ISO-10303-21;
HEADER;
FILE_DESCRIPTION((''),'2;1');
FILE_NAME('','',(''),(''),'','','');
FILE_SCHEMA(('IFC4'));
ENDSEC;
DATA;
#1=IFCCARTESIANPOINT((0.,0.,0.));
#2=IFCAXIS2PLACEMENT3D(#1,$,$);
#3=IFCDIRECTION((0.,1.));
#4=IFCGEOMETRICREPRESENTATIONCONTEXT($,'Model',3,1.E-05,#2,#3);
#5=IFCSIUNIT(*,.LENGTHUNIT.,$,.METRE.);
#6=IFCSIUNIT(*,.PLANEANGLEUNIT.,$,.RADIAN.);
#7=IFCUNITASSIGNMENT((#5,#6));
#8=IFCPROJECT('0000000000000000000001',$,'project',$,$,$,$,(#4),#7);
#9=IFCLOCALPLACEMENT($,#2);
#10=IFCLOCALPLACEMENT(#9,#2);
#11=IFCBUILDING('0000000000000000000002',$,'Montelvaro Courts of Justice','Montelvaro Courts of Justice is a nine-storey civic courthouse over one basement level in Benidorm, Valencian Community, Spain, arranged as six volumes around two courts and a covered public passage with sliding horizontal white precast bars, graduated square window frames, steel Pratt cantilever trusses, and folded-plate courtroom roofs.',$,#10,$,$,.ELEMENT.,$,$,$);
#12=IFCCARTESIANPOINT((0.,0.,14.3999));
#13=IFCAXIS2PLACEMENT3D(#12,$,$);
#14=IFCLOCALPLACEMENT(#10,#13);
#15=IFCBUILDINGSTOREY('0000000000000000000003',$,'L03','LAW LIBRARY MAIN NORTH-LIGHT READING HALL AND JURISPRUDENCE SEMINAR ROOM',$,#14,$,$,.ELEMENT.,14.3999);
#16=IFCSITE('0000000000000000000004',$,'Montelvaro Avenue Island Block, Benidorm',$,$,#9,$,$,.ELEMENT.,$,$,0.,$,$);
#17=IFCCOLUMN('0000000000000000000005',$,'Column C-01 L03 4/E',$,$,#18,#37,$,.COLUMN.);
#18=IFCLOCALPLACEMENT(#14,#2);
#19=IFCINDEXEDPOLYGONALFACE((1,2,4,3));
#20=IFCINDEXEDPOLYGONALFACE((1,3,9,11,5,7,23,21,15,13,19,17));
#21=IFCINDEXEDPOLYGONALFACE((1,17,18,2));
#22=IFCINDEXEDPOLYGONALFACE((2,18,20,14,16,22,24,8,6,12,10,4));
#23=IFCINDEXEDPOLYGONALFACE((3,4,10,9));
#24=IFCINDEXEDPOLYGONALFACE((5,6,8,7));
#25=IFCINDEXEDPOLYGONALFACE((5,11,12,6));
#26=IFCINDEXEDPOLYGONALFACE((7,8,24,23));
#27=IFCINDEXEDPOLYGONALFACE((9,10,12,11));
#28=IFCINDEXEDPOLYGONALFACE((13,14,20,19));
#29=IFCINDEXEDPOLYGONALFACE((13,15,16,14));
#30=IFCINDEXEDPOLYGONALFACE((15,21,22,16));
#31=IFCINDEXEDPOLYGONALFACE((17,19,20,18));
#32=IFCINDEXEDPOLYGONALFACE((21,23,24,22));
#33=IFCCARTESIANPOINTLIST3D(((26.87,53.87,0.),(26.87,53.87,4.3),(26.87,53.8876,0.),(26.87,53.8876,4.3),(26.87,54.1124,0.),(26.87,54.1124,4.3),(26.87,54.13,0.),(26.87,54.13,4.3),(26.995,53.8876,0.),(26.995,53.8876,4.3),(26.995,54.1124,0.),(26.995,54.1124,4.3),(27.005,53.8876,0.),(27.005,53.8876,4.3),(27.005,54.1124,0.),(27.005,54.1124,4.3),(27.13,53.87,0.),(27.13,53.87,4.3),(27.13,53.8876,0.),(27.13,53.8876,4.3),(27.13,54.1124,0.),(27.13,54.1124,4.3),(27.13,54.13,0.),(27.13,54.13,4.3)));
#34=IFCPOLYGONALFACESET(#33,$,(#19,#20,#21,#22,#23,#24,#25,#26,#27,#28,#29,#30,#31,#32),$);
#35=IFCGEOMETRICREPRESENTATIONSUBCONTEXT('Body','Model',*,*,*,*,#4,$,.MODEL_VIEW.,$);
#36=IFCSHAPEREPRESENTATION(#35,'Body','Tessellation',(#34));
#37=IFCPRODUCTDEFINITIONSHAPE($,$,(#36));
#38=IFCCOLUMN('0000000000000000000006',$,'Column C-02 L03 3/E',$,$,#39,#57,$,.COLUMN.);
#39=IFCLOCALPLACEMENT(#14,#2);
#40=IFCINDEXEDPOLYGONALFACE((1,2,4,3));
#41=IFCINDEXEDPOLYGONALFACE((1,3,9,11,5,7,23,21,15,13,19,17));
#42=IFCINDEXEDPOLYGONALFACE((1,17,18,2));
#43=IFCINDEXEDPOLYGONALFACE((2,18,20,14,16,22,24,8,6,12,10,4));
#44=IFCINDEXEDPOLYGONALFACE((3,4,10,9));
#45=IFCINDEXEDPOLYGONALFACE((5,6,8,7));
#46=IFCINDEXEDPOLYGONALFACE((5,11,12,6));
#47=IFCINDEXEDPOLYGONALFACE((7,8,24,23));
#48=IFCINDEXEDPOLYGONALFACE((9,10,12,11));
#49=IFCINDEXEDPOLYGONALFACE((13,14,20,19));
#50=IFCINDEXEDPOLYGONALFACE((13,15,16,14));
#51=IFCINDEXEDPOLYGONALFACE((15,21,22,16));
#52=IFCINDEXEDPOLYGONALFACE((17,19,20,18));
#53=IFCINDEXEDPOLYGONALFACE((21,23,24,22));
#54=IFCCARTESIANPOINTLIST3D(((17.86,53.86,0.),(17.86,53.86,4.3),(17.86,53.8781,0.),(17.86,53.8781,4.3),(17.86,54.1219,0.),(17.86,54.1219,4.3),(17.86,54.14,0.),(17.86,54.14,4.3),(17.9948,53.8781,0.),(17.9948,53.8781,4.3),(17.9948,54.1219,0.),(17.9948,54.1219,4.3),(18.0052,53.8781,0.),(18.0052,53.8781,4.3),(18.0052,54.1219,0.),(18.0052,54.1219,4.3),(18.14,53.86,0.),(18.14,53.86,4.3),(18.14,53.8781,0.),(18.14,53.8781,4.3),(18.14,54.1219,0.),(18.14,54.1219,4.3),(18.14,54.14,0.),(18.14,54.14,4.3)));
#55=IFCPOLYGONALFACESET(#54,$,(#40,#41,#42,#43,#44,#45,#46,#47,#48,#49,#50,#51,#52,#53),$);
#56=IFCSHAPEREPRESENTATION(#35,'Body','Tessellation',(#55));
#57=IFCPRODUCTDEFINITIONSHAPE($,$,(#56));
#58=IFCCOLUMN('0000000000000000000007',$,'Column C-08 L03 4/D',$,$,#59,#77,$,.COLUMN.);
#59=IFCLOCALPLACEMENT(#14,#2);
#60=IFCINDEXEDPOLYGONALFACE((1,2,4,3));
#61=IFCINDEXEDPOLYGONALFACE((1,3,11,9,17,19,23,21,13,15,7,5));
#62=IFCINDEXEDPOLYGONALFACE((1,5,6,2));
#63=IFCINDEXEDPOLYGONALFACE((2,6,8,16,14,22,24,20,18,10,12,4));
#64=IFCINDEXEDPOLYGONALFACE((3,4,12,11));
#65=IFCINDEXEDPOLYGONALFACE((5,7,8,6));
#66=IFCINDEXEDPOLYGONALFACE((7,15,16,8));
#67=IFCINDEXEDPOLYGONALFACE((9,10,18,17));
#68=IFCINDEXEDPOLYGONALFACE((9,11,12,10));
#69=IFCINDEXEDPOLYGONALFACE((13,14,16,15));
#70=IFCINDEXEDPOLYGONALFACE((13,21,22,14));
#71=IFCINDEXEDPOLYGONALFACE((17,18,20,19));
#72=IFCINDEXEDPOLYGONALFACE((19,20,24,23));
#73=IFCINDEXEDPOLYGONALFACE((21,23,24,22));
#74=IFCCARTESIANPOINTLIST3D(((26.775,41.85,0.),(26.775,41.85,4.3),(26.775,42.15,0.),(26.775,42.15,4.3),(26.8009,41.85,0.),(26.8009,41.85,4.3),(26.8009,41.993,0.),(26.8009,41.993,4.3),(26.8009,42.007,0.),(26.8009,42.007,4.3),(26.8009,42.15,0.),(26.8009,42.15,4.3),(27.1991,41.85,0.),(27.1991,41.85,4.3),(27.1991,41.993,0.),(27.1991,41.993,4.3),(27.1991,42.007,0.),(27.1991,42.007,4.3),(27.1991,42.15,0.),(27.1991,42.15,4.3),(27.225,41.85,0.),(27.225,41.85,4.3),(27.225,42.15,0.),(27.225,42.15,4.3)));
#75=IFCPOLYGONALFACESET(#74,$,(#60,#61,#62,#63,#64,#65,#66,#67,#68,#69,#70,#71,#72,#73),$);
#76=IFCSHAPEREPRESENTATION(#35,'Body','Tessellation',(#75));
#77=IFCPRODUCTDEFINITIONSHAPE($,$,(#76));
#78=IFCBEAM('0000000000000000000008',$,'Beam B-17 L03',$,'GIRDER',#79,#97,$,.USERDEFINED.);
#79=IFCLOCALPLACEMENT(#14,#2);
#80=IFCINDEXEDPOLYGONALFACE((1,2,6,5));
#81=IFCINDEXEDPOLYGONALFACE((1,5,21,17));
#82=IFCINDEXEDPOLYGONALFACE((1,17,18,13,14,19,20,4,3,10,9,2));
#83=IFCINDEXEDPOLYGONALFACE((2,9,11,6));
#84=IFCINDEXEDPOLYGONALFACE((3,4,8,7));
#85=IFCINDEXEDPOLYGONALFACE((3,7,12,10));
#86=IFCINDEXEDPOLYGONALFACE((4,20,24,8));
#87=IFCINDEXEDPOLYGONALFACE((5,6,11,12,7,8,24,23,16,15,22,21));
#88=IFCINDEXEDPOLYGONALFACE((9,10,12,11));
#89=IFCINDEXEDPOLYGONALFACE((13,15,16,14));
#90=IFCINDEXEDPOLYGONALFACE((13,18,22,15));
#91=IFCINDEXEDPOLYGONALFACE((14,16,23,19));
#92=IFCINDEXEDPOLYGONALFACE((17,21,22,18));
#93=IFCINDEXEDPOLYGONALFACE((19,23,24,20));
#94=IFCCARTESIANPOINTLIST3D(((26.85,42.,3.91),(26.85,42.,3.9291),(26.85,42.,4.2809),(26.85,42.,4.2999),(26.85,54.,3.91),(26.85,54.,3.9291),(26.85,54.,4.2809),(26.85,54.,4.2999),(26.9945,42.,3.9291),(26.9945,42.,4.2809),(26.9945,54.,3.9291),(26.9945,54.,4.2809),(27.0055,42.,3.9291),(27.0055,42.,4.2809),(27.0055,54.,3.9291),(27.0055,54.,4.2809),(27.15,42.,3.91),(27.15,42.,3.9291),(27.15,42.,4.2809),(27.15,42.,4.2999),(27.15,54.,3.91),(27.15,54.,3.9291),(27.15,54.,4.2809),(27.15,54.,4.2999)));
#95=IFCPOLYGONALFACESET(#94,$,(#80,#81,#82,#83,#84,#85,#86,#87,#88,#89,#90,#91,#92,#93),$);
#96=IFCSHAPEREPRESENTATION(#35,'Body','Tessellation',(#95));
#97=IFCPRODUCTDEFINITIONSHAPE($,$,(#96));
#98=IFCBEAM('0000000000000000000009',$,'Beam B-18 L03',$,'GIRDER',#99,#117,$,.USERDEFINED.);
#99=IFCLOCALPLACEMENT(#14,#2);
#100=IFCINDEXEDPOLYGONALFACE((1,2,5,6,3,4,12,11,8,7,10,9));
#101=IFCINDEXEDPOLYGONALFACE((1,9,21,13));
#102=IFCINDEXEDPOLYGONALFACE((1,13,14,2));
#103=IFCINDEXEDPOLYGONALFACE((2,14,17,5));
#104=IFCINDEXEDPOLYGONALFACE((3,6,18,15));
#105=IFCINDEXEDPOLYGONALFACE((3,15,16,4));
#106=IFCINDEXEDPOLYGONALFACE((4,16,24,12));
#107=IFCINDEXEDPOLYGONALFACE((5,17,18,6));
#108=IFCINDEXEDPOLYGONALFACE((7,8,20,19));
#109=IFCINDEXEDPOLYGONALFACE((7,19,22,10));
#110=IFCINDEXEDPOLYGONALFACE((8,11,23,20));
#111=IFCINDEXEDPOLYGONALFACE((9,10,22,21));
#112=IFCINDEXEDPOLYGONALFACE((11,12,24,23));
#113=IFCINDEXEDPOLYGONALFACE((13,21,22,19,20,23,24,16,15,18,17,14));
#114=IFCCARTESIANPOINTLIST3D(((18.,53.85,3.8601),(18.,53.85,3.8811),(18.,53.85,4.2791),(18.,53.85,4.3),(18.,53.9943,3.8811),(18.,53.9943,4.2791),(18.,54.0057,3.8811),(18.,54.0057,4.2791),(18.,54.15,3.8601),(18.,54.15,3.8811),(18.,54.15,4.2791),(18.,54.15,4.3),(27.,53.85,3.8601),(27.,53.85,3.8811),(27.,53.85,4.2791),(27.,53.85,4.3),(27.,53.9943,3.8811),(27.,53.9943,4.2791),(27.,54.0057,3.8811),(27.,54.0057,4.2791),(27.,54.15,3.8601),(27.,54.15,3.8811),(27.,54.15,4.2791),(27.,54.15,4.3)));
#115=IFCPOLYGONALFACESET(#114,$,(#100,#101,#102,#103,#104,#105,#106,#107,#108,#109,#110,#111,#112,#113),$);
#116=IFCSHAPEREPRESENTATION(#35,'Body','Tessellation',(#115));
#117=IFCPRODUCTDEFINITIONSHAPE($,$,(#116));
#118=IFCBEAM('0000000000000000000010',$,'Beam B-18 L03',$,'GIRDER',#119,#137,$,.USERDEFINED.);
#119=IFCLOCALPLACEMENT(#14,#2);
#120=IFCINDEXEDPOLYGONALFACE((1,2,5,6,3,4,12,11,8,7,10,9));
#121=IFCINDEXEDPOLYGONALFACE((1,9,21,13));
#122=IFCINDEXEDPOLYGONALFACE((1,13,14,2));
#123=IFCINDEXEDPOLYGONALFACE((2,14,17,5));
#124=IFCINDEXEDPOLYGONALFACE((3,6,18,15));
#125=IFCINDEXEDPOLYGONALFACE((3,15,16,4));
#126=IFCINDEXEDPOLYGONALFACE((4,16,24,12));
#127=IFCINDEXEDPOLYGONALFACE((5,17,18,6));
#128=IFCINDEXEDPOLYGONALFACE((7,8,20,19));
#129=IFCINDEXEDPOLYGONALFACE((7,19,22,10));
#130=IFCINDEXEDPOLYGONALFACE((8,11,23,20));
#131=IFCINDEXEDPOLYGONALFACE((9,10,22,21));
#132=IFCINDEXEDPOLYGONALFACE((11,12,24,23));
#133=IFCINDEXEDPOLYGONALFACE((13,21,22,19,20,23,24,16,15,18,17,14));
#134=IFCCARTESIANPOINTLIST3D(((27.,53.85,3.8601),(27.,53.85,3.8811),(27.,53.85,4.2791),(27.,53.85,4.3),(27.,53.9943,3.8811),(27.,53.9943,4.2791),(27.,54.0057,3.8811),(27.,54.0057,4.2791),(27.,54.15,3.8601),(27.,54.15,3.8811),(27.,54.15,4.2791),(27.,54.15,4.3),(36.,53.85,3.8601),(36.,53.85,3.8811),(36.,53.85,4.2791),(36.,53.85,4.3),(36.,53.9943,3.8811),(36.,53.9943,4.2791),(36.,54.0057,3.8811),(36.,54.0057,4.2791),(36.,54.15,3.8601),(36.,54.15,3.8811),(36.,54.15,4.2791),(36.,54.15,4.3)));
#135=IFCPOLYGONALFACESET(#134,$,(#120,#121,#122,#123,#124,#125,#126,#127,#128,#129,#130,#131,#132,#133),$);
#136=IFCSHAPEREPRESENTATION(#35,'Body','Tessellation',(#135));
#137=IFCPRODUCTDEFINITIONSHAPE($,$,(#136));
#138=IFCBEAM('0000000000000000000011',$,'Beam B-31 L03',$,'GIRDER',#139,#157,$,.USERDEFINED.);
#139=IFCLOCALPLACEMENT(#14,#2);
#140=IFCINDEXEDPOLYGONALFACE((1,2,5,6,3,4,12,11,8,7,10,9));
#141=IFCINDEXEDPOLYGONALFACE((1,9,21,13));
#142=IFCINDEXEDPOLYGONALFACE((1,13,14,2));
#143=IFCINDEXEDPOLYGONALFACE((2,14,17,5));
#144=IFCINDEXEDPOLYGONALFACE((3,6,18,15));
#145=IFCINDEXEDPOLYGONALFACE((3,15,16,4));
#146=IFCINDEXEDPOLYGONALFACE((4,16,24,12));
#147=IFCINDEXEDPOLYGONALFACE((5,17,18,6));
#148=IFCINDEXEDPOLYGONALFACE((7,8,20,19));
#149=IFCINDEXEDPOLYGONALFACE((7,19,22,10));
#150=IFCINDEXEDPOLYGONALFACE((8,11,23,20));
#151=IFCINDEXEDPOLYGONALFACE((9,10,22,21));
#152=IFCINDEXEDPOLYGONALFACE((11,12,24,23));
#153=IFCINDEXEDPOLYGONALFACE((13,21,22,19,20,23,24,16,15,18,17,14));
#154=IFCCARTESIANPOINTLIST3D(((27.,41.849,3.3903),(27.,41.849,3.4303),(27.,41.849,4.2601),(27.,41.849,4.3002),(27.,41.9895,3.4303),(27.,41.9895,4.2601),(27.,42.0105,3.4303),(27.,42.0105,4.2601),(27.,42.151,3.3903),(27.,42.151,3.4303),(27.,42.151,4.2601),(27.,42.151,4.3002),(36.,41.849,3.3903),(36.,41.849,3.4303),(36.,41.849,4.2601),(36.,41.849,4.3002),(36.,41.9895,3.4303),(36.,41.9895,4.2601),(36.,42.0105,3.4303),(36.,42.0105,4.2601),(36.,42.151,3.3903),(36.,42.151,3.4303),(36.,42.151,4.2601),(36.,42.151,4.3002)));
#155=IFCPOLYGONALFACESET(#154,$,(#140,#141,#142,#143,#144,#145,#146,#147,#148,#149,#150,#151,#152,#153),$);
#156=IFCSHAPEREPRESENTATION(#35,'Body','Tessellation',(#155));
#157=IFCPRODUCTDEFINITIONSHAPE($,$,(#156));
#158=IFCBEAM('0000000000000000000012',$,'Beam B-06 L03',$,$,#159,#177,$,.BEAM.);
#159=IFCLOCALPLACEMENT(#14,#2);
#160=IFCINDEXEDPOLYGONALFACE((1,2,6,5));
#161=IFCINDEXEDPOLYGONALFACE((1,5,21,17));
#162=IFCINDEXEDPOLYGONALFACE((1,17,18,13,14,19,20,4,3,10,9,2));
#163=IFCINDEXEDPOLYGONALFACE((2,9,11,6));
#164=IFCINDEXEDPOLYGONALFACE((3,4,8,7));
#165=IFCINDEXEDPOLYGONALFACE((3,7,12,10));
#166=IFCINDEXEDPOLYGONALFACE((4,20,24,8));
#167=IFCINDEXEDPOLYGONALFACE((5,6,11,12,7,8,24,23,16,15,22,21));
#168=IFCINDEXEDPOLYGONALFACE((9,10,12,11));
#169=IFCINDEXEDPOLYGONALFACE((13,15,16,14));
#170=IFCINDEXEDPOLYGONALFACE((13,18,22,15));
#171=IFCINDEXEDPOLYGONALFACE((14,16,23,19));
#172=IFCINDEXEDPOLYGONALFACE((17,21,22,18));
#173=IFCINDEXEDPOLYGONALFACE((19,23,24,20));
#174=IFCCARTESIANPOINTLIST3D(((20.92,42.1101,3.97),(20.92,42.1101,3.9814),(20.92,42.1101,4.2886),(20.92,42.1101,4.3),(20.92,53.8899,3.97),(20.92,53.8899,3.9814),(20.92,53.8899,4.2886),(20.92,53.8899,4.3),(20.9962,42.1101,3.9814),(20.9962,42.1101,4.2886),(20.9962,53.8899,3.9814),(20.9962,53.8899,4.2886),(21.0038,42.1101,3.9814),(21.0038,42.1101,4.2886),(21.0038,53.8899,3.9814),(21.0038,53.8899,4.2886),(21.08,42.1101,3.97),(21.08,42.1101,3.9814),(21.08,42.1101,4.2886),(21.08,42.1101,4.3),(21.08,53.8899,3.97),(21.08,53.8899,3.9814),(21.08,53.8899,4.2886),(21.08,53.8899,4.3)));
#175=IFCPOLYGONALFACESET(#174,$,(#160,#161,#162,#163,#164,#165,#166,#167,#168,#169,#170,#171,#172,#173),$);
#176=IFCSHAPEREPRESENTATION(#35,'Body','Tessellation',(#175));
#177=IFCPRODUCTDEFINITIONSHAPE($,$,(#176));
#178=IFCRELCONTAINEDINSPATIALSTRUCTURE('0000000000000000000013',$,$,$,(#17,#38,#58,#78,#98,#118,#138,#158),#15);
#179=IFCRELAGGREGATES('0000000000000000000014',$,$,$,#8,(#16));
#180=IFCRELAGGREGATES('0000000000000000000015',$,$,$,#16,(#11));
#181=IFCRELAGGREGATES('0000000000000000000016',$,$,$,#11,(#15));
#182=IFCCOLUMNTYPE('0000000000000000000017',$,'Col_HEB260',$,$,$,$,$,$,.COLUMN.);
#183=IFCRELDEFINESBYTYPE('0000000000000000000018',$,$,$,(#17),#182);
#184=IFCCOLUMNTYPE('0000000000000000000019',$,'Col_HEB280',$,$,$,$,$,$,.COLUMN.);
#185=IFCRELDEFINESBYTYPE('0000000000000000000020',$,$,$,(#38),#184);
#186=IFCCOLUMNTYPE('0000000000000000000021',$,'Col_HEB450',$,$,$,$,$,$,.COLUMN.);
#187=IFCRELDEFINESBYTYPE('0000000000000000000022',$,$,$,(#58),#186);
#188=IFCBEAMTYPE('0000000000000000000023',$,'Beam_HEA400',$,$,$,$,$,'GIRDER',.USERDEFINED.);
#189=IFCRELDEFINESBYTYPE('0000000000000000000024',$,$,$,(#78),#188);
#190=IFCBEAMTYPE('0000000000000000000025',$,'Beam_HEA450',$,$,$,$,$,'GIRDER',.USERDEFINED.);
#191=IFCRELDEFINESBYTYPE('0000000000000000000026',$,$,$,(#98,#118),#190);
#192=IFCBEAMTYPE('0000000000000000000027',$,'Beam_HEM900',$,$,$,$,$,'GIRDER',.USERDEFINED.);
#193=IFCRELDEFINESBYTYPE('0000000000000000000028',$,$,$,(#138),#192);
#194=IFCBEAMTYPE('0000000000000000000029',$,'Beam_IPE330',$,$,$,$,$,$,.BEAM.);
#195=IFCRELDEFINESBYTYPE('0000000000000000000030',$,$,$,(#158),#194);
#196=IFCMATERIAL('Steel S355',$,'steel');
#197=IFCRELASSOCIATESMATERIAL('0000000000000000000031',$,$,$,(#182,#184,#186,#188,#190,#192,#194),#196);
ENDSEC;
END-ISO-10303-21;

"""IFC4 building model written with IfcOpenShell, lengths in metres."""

from ifc_helpers import new_model, si_unit, direction, frame, origin, origin_2d, place, context, subcontext, project, spatial, i_section, extrude, material, material_profile, profile_set, type_object, element, save


model = new_model("IFC4")

# Units and contexts
model_context = context("Model", 3, precision=1e-05, world=origin(), true_north=direction((0.0, 1.0)))
body_context = subcontext(model_context, "Body", "Model", "MODEL_VIEW")
ifc_project = project(units=[si_unit("LENGTHUNIT", "METRE"), si_unit("PLANEANGLEUNIT", "RADIAN")], contexts=[model_context])

# Site, building, storey
site_placement = place(None, origin())
site = spatial("IfcSite", under=ifc_project, at=site_placement, Name="Montelvaro Avenue Island Block, Benidorm", CompositionType="ELEMENT", RefElevation=0.0)
building_placement = place(site_placement, origin())
building = spatial("IfcBuilding", under=site, at=building_placement, Name="Montelvaro Courts of Justice", Description="Montelvaro Courts of Justice is a nine-storey civic courthouse over one basement level in Benidorm, Valencian Community, Spain, arranged as six volumes around two courts and a covered public passage with sliding horizontal white precast bars, graduated square window frames, steel Pratt cantilever trusses, and folded-plate courtroom roofs.", CompositionType="ELEMENT")
storey_placement = place(building_placement, frame((0.0, 0.0, 14.3999)))
storey = spatial("IfcBuildingStorey", under=building, at=storey_placement, Name="L03", Description="LAW LIBRARY MAIN NORTH-LIGHT READING HALL AND JURISPRUDENCE SEMINAR ROOM", CompositionType="ELEMENT", Elevation=14.3999)

# Columns
ifc_material_1 = material(Name="Steel S355", Category="steel")
ifc_material_profile_1 = material_profile(ifc_material_1, i_section(OverallWidth=0.26, OverallDepth=0.26, WebThickness=0.01, FlangeThickness=0.0176, at=origin_2d()), Name="HEB 260")
ifc_profile_set_1 = profile_set([ifc_material_profile_1], Name="Steel S355")
column_type_1 = type_object("IfcColumnType", Name="Col_HEB260", PredefinedType="COLUMN", material=ifc_profile_set_1)
column_1_placement = place(storey_placement, frame((27.0, 54.0, 0.0), z_axis=(0.0, 0.0, 1.0), x_axis=(1.0, 0.0, 0.0)))
element("IfcColumn", 1, at=column_1_placement, inside=storey, type_object=column_type_1, Name="Column C-01 L03 4/E", PredefinedType="COLUMN", context=body_context, shape_type="SweptSolid", body=[
    extrude(i_section(OverallWidth=0.26, OverallDepth=0.26, WebThickness=0.01, FlangeThickness=0.0176, at=origin_2d()), origin(), (0.0, 0.0, 1.0), 4.3),
])
ifc_material_profile_2 = material_profile(ifc_material_1, i_section(OverallWidth=0.28, OverallDepth=0.28, WebThickness=0.0105, FlangeThickness=0.0181, at=origin_2d()), Name="HEB 280")
ifc_profile_set_2 = profile_set([ifc_material_profile_2], Name="Steel S355")
column_type_2 = type_object("IfcColumnType", Name="Col_HEB280", PredefinedType="COLUMN", material=ifc_profile_set_2)
column_2_placement = place(storey_placement, frame((18.0, 54.0, 0.0), z_axis=(0.0, 0.0, 1.0), x_axis=(1.0, 0.0, 0.0)))
element("IfcColumn", 2, at=column_2_placement, inside=storey, type_object=column_type_2, Name="Column C-02 L03 3/E", PredefinedType="COLUMN", context=body_context, shape_type="SweptSolid", body=[
    extrude(i_section(OverallWidth=0.28, OverallDepth=0.28, WebThickness=0.0105, FlangeThickness=0.0181, at=origin_2d()), origin(), (0.0, 0.0, 1.0), 4.3),
])
ifc_material_profile_3 = material_profile(ifc_material_1, i_section(OverallWidth=0.3, OverallDepth=0.45, WebThickness=0.0139, FlangeThickness=0.0259, at=origin_2d()), Name="HEB 450")
ifc_profile_set_3 = profile_set([ifc_material_profile_3], Name="Steel S355")
column_type_3 = type_object("IfcColumnType", Name="Col_HEB450", PredefinedType="COLUMN", material=ifc_profile_set_3)
column_3_placement = place(storey_placement, frame((27.0, 42.0, 0.0), z_axis=(0.0, 0.0, 1.0), x_axis=(0.0, 1.0, 0.0)))
element("IfcColumn", 3, at=column_3_placement, inside=storey, type_object=column_type_3, Name="Column C-08 L03 4/D", PredefinedType="COLUMN", context=body_context, shape_type="SweptSolid", body=[
    extrude(i_section(OverallWidth=0.3, OverallDepth=0.45, WebThickness=0.0139, FlangeThickness=0.0259, at=origin_2d()), origin(), (0.0, 0.0, 1.0), 4.3),
])

# Beams
ifc_material_profile_4 = material_profile(ifc_material_1, i_section(OverallWidth=0.3, OverallDepth=0.3899, WebThickness=0.011, FlangeThickness=0.019, at=origin_2d()), Name="HEA 400")
ifc_profile_set_4 = profile_set([ifc_material_profile_4], Name="Steel S355")
beam_type_1 = type_object("IfcBeamType", Name="Beam_HEA400", ElementType="GIRDER", PredefinedType="USERDEFINED", material=ifc_profile_set_4)
beam_1_placement = place(storey_placement, frame((27.0, 42.0, 4.105), z_axis=(0.0, 1.0, 0.0), x_axis=(-1.0, 0.0, 0.0)))
element("IfcBeam", 4, at=beam_1_placement, inside=storey, type_object=beam_type_1, Name="Beam B-17 L03", ObjectType="GIRDER", PredefinedType="USERDEFINED", context=body_context, shape_type="SweptSolid", body=[
    extrude(i_section(OverallWidth=0.3, OverallDepth=0.3899, WebThickness=0.011, FlangeThickness=0.019, at=origin_2d()), origin(), (0.0, 0.0, 1.0), 12.0),
])
ifc_material_profile_5 = material_profile(ifc_material_1, i_section(OverallWidth=0.3, OverallDepth=0.4399, WebThickness=0.0115, FlangeThickness=0.021, at=origin_2d()), Name="HEA 450")
ifc_profile_set_5 = profile_set([ifc_material_profile_5], Name="Steel S355")
beam_type_2 = type_object("IfcBeamType", Name="Beam_HEA450", ElementType="GIRDER", PredefinedType="USERDEFINED", material=ifc_profile_set_5)
for number, where, z_axis, x_axis, name in (
    (5, (18.0, 54.0, 4.0801), (1.0, 0.0, 0.0), (0.0, 1.0, 0.0), "Beam B-18 L03"),
    (6, (27.0, 54.0, 4.0801), (1.0, 0.0, 0.0), (0.0, 1.0, 0.0), "Beam B-18 L03"),
):
    element("IfcBeam", number, at=place(storey_placement, frame(where, z_axis=z_axis, x_axis=x_axis)), inside=storey, type_object=beam_type_2, Name=name, ObjectType="GIRDER", PredefinedType="USERDEFINED", context=body_context, shape_type="SweptSolid", body=[
        extrude(i_section(OverallWidth=0.3, OverallDepth=0.4399, WebThickness=0.0115, FlangeThickness=0.021, at=origin_2d()), origin(), (0.0, 0.0, 1.0), 9.0),
    ])
ifc_material_profile_6 = material_profile(ifc_material_1, i_section(OverallWidth=0.302, OverallDepth=0.9099, WebThickness=0.021, FlangeThickness=0.04, at=origin_2d()), Name="HEM 900")
ifc_profile_set_6 = profile_set([ifc_material_profile_6], Name="Steel S355")
beam_type_3 = type_object("IfcBeamType", Name="Beam_HEM900", ElementType="GIRDER", PredefinedType="USERDEFINED", material=ifc_profile_set_6)
beam_2_placement = place(storey_placement, frame((27.0, 42.0, 3.8452), z_axis=(1.0, 0.0, 0.0), x_axis=(0.0, 1.0, 0.0)))
element("IfcBeam", 7, at=beam_2_placement, inside=storey, type_object=beam_type_3, Name="Beam B-31 L03", ObjectType="GIRDER", PredefinedType="USERDEFINED", context=body_context, shape_type="SweptSolid", body=[
    extrude(i_section(OverallWidth=0.302, OverallDepth=0.9099, WebThickness=0.021, FlangeThickness=0.04, at=origin_2d()), origin(), (0.0, 0.0, 1.0), 9.0),
])
ifc_material_profile_7 = material_profile(ifc_material_1, i_section(OverallWidth=0.1599, OverallDepth=0.3301, WebThickness=0.0076, FlangeThickness=0.0115, at=origin_2d()), Name="IPE 330")
ifc_profile_set_7 = profile_set([ifc_material_profile_7], Name="Steel S355")
beam_type_4 = type_object("IfcBeamType", Name="Beam_IPE330", PredefinedType="BEAM", material=ifc_profile_set_7)
beam_3_placement = place(storey_placement, frame((21.0, 42.1101, 4.135), z_axis=(0.0, 1.0, 0.0), x_axis=(-1.0, 0.0, 0.0)))
element("IfcBeam", 8, at=beam_3_placement, inside=storey, type_object=beam_type_4, Name="Beam B-06 L03", PredefinedType="BEAM", context=body_context, shape_type="SweptSolid", body=[
    extrude(i_section(OverallWidth=0.1599, OverallDepth=0.3301, WebThickness=0.0076, FlangeThickness=0.0115, at=origin_2d()), origin(), (0.0, 0.0, 1.0), 11.7798),
])

save(model, "model.ifc")
